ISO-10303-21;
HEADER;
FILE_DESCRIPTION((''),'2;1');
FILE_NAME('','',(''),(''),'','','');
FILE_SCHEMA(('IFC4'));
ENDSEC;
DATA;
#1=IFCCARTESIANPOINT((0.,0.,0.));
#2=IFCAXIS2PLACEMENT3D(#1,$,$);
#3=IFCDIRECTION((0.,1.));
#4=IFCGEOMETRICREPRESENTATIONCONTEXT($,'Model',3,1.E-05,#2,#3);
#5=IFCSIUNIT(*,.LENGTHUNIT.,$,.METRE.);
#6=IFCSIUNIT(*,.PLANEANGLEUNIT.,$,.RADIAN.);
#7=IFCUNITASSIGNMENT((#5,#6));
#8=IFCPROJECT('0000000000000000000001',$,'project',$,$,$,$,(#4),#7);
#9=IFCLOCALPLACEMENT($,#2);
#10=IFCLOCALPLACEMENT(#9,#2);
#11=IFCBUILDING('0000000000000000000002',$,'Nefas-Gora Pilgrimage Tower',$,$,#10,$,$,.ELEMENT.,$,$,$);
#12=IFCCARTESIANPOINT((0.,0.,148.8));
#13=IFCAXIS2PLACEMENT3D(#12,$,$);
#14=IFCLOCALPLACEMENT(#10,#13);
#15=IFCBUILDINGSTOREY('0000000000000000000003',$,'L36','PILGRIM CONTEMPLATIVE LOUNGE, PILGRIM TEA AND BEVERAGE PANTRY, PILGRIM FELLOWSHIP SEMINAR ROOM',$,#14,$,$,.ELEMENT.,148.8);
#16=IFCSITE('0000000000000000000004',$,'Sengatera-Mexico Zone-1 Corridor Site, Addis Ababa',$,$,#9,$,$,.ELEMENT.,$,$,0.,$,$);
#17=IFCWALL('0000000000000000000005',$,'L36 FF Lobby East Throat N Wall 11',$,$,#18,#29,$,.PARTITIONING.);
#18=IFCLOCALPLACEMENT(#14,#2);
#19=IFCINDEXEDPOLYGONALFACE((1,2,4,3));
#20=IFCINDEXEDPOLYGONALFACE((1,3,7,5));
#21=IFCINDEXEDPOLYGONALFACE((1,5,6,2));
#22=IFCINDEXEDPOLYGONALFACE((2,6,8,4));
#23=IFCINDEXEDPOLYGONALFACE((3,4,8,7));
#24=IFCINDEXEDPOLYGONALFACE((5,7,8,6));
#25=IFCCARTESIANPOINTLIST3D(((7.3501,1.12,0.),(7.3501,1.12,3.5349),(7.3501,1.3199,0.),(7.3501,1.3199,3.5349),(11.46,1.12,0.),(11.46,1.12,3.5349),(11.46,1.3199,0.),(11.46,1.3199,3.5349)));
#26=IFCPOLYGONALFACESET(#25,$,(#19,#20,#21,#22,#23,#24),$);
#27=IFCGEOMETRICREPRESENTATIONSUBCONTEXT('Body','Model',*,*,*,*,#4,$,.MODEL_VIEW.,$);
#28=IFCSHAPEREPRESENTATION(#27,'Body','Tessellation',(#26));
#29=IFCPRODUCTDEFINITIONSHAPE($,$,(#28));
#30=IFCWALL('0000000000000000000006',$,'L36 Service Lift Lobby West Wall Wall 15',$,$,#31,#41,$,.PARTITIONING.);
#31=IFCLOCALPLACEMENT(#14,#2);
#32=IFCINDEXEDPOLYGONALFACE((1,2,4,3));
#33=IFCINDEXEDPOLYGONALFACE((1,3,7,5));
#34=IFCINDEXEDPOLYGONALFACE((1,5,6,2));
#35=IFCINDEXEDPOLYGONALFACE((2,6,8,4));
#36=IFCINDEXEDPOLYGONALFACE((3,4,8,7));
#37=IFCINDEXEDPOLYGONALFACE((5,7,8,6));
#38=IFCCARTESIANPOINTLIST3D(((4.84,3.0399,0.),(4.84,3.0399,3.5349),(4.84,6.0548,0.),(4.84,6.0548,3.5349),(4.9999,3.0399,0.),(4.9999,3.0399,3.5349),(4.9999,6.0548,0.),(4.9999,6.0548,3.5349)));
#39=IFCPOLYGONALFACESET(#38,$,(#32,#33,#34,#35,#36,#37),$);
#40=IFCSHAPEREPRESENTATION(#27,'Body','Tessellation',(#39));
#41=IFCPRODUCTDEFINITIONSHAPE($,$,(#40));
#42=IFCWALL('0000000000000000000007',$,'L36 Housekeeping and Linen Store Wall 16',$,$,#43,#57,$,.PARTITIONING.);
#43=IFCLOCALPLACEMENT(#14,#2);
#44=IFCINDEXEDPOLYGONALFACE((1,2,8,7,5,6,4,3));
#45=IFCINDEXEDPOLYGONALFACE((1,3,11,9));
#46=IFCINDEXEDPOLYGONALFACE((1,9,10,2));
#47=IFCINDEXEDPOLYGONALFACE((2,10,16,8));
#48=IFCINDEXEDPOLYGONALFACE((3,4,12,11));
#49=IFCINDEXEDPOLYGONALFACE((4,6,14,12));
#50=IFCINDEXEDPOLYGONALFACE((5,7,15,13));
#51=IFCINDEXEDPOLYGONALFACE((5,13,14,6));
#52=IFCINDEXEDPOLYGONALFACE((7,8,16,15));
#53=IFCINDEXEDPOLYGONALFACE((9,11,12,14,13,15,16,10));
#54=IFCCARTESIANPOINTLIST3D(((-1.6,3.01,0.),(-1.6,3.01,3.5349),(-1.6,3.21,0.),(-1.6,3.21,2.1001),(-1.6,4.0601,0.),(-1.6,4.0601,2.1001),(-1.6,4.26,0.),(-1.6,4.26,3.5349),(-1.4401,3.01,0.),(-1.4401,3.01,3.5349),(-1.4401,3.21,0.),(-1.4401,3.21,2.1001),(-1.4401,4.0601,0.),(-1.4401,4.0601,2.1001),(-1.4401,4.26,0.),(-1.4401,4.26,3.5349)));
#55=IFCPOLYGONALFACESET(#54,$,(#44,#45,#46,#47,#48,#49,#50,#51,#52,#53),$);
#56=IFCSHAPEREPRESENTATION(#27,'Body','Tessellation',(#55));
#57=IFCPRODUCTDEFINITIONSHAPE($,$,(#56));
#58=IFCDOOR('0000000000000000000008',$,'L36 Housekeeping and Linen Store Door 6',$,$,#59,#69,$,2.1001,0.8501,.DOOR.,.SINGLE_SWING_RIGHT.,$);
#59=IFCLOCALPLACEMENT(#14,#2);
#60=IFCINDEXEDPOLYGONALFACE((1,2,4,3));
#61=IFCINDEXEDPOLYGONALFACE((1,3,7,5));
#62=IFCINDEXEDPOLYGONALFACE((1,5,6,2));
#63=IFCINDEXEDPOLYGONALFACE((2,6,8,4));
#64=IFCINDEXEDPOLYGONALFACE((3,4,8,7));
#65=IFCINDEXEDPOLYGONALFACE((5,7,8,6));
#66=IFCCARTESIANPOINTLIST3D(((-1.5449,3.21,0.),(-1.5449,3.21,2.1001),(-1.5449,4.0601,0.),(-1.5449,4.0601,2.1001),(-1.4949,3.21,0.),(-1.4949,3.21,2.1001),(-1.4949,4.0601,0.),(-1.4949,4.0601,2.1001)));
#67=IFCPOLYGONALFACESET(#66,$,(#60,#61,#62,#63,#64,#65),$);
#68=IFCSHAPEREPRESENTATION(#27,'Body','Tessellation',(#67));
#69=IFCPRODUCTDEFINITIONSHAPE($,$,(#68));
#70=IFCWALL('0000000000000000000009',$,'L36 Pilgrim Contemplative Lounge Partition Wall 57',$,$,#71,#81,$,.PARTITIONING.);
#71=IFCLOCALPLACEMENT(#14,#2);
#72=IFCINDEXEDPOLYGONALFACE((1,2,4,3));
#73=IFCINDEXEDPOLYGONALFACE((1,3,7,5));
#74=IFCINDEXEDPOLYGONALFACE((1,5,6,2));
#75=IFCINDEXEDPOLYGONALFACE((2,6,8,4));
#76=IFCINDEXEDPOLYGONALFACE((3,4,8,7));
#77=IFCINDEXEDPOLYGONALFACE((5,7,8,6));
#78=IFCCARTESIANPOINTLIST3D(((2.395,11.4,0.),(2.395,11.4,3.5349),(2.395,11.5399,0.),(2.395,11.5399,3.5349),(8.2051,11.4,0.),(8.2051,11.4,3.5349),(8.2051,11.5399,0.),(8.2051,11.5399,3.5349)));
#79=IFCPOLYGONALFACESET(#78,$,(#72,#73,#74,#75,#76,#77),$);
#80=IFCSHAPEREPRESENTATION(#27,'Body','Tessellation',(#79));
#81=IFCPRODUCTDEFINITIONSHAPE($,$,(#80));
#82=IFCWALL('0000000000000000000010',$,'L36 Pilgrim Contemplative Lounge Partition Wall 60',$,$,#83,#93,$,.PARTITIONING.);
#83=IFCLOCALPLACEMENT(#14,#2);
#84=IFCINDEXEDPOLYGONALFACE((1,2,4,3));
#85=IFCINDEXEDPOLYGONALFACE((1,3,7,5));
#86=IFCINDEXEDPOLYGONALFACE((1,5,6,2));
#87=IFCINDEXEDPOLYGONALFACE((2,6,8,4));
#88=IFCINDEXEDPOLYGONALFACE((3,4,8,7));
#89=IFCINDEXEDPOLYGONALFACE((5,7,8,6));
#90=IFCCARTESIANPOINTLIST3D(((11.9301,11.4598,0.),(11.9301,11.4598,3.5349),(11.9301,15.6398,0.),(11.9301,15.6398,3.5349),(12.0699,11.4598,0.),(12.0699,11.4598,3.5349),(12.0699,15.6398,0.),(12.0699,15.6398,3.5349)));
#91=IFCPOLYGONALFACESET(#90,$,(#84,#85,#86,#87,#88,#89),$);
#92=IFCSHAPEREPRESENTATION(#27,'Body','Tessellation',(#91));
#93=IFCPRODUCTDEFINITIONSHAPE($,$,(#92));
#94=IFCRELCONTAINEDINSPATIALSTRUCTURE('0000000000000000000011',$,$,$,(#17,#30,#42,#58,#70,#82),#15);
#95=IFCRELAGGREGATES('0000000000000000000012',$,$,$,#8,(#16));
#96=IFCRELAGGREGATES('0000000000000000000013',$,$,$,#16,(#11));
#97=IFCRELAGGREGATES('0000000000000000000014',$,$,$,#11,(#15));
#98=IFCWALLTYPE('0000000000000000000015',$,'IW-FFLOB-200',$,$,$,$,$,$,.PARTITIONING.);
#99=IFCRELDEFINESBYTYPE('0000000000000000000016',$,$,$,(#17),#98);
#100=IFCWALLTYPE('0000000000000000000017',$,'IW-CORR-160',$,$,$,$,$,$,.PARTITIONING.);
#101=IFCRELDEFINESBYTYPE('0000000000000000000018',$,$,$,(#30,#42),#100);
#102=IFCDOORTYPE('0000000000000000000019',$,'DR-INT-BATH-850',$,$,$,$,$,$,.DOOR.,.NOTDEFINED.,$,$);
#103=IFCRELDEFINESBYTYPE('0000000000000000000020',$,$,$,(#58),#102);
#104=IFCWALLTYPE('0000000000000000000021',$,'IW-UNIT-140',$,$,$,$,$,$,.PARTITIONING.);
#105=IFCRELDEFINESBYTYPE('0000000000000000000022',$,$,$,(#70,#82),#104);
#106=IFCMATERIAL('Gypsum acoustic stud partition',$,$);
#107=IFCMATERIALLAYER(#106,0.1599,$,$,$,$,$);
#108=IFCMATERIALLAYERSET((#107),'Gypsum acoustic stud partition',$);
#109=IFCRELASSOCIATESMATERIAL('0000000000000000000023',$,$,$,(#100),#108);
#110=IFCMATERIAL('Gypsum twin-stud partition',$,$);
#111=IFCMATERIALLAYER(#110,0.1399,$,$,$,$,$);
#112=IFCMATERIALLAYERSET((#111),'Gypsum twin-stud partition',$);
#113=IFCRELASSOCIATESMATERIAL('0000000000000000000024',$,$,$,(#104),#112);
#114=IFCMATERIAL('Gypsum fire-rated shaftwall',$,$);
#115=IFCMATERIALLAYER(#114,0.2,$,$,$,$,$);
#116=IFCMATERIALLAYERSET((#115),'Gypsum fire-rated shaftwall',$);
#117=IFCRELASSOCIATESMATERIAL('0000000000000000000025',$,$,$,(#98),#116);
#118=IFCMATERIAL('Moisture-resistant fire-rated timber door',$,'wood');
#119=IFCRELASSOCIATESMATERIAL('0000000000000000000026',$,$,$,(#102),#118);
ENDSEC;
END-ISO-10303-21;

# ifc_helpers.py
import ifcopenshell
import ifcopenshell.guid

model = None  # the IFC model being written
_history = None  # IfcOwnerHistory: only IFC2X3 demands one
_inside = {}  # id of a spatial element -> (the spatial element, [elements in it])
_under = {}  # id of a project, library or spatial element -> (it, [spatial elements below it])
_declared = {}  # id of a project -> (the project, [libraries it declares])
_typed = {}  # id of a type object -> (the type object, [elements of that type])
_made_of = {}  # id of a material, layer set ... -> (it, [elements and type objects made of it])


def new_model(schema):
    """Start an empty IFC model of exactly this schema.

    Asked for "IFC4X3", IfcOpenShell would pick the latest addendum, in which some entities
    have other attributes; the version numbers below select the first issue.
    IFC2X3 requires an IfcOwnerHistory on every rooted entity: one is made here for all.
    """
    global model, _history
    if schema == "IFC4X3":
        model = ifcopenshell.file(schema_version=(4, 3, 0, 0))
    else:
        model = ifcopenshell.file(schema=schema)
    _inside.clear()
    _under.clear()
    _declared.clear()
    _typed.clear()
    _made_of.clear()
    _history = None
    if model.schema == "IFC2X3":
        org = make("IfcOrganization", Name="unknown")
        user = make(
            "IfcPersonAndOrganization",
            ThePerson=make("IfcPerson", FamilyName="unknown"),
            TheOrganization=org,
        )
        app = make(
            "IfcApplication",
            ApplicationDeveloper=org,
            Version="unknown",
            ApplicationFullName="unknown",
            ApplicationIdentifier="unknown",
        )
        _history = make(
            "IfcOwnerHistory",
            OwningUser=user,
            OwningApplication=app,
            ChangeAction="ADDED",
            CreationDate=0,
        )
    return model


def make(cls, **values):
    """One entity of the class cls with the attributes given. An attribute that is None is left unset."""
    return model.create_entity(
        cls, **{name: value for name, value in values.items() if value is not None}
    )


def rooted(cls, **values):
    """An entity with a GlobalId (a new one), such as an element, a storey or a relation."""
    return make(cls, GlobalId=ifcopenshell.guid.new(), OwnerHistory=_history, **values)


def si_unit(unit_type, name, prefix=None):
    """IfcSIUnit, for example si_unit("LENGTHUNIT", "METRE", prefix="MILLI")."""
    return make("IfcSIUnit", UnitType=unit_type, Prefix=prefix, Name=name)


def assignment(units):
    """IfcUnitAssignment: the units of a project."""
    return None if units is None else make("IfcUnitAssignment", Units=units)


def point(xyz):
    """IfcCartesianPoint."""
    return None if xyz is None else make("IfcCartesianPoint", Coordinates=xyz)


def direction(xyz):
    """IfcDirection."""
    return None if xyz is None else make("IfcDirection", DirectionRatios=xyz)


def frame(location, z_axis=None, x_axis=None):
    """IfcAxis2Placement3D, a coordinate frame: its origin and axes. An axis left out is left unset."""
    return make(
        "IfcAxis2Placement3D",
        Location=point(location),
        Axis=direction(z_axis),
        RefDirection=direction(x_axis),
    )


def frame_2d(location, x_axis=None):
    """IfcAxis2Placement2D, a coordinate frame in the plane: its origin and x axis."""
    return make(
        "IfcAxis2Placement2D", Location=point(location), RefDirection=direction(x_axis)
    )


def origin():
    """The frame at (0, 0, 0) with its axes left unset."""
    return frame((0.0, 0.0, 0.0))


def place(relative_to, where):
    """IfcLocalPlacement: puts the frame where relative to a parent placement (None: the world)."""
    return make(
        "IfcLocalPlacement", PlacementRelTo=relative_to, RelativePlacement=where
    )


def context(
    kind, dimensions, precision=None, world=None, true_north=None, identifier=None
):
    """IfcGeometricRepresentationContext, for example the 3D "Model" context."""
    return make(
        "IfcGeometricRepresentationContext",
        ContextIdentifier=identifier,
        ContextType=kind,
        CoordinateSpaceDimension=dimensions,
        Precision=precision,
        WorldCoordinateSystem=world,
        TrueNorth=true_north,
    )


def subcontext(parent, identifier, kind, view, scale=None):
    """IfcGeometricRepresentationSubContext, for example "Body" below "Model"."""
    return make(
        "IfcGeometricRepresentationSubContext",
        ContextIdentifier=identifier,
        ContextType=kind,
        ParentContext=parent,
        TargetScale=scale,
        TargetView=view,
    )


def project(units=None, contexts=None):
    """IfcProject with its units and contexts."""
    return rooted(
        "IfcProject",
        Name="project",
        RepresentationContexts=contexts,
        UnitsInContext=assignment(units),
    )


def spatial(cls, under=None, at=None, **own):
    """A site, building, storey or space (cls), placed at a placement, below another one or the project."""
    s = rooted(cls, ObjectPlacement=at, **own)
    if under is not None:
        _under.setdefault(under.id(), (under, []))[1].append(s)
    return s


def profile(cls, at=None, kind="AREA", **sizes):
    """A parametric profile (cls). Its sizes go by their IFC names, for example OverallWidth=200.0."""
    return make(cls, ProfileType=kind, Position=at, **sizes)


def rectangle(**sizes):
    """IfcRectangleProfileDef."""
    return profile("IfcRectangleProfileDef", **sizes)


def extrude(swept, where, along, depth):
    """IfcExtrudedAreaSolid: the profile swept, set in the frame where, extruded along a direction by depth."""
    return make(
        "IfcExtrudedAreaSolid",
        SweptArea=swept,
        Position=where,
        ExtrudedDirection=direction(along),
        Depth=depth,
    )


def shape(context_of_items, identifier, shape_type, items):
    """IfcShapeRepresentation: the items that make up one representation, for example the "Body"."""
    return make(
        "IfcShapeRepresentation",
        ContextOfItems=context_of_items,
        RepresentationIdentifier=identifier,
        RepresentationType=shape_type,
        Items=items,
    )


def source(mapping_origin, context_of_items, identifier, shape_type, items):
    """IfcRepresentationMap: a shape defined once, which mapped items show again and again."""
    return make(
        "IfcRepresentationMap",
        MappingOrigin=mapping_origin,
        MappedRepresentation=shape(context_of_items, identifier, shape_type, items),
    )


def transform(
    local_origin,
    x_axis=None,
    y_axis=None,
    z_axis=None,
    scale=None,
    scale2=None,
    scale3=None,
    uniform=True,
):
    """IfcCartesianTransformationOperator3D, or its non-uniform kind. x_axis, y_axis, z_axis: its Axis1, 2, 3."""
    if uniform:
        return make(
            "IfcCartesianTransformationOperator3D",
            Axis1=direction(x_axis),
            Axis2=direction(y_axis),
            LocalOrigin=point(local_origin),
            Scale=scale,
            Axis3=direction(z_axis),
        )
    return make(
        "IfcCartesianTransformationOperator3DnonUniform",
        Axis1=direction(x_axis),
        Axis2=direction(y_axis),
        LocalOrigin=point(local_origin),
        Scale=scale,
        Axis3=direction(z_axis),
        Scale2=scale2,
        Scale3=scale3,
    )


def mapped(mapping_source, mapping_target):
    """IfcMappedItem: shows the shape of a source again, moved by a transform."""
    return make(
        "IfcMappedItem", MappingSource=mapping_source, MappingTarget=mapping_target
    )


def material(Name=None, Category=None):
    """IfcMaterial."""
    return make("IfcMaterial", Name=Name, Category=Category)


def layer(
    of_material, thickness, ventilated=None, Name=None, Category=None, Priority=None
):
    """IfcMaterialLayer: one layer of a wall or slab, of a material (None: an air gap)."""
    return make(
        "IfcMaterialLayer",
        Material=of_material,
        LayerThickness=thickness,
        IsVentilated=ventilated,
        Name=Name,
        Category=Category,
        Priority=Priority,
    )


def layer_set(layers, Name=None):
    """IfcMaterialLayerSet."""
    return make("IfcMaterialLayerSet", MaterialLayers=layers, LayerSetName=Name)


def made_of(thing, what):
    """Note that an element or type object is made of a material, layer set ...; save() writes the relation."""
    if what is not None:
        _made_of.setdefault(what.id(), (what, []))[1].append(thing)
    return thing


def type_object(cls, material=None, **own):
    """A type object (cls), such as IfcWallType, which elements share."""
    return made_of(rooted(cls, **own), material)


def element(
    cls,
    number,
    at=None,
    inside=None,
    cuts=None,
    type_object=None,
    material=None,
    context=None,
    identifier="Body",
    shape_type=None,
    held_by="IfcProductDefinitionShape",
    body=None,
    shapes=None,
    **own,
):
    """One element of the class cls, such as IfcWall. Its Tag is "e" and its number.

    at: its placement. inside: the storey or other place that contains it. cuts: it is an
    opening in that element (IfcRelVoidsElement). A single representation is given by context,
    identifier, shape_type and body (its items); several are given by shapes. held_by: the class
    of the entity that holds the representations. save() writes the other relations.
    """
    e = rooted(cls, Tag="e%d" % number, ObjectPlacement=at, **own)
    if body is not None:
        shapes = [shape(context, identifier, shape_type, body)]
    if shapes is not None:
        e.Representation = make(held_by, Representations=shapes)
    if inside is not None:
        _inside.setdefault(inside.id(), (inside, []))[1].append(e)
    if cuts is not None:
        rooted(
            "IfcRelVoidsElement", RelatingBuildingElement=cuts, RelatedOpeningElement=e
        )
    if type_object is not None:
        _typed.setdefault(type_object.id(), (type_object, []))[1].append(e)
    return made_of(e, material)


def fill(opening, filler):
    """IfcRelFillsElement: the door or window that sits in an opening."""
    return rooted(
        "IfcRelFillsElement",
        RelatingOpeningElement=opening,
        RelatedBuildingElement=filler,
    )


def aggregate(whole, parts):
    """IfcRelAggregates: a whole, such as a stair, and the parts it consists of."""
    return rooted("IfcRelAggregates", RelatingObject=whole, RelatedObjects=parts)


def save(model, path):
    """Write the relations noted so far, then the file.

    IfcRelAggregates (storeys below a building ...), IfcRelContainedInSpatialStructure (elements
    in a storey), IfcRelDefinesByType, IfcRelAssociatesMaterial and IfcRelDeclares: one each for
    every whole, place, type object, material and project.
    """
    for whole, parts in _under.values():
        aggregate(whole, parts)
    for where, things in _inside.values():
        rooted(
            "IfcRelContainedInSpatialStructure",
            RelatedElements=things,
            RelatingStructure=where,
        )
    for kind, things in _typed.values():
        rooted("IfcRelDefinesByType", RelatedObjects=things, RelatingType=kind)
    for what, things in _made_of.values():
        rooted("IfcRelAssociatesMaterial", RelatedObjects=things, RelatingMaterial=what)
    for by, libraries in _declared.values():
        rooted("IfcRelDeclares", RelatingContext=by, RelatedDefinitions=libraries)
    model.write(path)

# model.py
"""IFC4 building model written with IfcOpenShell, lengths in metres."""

from ifc_helpers import new_model, si_unit, direction, frame, frame_2d, origin, place, context, subcontext, project, spatial, rectangle, extrude, source, transform, mapped, material, layer, layer_set, type_object, element, fill, save


model = new_model("IFC4")

# Units and contexts
model_context = context("Model", 3, precision=1e-05, world=origin(), true_north=direction((0.0, 1.0)))
body_context = subcontext(model_context, "Body", "Model", "MODEL_VIEW")
ifc_project = project(units=[si_unit("LENGTHUNIT", "METRE"), si_unit("PLANEANGLEUNIT", "RADIAN")], contexts=[model_context])

# Site, building, storey
site_placement = place(None, origin())
site = spatial("IfcSite", under=ifc_project, at=site_placement, Name="Sengatera-Mexico Zone-1 Corridor Site, Addis Ababa", CompositionType="ELEMENT", RefElevation=0.0)
building_placement = place(site_placement, origin())
building = spatial("IfcBuilding", under=site, at=building_placement, Name="Nefas-Gora Pilgrimage Tower", CompositionType="ELEMENT")
storey_placement = place(building_placement, frame((0.0, 0.0, 148.8)))
storey = spatial("IfcBuildingStorey", under=building, at=storey_placement, Name="L36", Description="PILGRIM CONTEMPLATIVE LOUNGE, PILGRIM TEA AND BEVERAGE PANTRY, PILGRIM FELLOWSHIP SEMINAR ROOM", CompositionType="ELEMENT", Elevation=148.8)

# Shared definitions
ifc_material_1 = material(Name="Gypsum acoustic stud partition")
ifc_layer_1 = layer(ifc_material_1, 0.1599)
ifc_layer_set_1 = layer_set([ifc_layer_1], Name="Gypsum acoustic stud partition")
wall_type_1 = type_object("IfcWallType", Name="IW-CORR-160", PredefinedType="PARTITIONING", material=ifc_layer_set_1)
ifc_material_2 = material(Name="Gypsum twin-stud partition")
ifc_layer_2 = layer(ifc_material_2, 0.1399)
ifc_layer_set_2 = layer_set([ifc_layer_2], Name="Gypsum twin-stud partition")
wall_type_2 = type_object("IfcWallType", Name="IW-UNIT-140", PredefinedType="PARTITIONING", material=ifc_layer_set_2)

# Shared definitions
ifc_material_3 = material(Name="Gypsum fire-rated shaftwall")
ifc_layer_3 = layer(ifc_material_3, 0.2)
ifc_layer_set_3 = layer_set([ifc_layer_3], Name="Gypsum fire-rated shaftwall")
wall_type_3 = type_object("IfcWallType", Name="IW-FFLOB-200", PredefinedType="PARTITIONING", material=ifc_layer_set_3)

# Walls
shared_shape_1 = source(origin(), body_context, "Body", "SweptSolid", [
    extrude(rectangle(XDim=4.1099, YDim=0.2, at=frame_2d((2.0549, 0.0))), origin(), (0.0, 0.0, 1.0), 3.5349),
])
wall_1_placement = place(storey_placement, frame((7.3501, 1.22, 0.0), z_axis=(0.0, 0.0, 1.0), x_axis=(1.0, 0.0, 0.0)))
element("IfcWall", 1, at=wall_1_placement, inside=storey, type_object=wall_type_3, Name="L36 FF Lobby East Throat N Wall 11", PredefinedType="PARTITIONING", context=body_context, shape_type="MappedRepresentation", body=[
    mapped(shared_shape_1, transform((0.0, 0.0, 0.0), x_axis=(1.0, 0.0, 0.0), y_axis=(0.0, 1.0, 0.0), z_axis=(0.0, 0.0, 1.0), scale=1.0)),
])
shared_shape_2 = source(origin(), body_context, "Body", "SweptSolid", [
    extrude(rectangle(XDim=3.0149, YDim=0.1599, at=frame_2d((1.5073, 0.0))), origin(), (0.0, 0.0, 1.0), 3.5349),
])
wall_2_placement = place(storey_placement, frame((4.9199, 3.04, 0.0), z_axis=(0.0, 0.0, 1.0), x_axis=(0.0, 1.0, 0.0)))
element("IfcWall", 2, at=wall_2_placement, inside=storey, type_object=wall_type_1, Name="L36 Service Lift Lobby West Wall Wall 15", PredefinedType="PARTITIONING", context=body_context, shape_type="MappedRepresentation", body=[
    mapped(shared_shape_2, transform((0.0, 0.0, 0.0), x_axis=(1.0, 0.0, 0.0), y_axis=(0.0, 1.0, 0.0), z_axis=(0.0, 0.0, 1.0), scale=1.0)),
])

# Wall, opening, door
shared_shape_3 = source(origin(), body_context, "Body", "SweptSolid", [
    extrude(rectangle(XDim=1.25, YDim=0.1599, at=frame_2d((0.625, 0.0))), origin(), (0.0, 0.0, 1.0), 3.5349),
])
wall_3_placement = place(storey_placement, frame((-1.52, 3.01, 0.0), z_axis=(0.0, 0.0, 1.0), x_axis=(0.0, 1.0, 0.0)))
wall_3 = element("IfcWall", 3, at=wall_3_placement, inside=storey, type_object=wall_type_1, Name="L36 Housekeeping and Linen Store Wall 16", PredefinedType="PARTITIONING", context=body_context, shape_type="MappedRepresentation", body=[
    mapped(shared_shape_3, transform((0.0, 0.0, 0.0), x_axis=(1.0, 0.0, 0.0), y_axis=(0.0, 1.0, 0.0), z_axis=(0.0, 0.0, 1.0), scale=1.0)),
])
opening_1_placement = place(wall_3_placement, frame((0.2, 0.0, 0.0)))
opening_1 = element("IfcOpeningElement", 4, at=opening_1_placement, cuts=wall_3, PredefinedType="OPENING", context=body_context, shape_type="SweptSolid", body=[
    extrude(rectangle(XDim=0.8501, YDim=2.1001, at=frame_2d((0.425, 1.05))), frame((0.0, 0.0898, 0.0), z_axis=(0.0, -1.0, 0.0), x_axis=(1.0, 0.0, 0.0)), (0.0, 0.0, 1.0), 0.1799),
])
ifc_material_4 = material(Name="Moisture-resistant fire-rated timber door", Category="wood")
door_type_1 = type_object("IfcDoorType", Name="DR-INT-BATH-850", OperationType="NOTDEFINED", PredefinedType="DOOR", material=ifc_material_4)
shared_shape_4 = source(origin(), body_context, "Body", "SweptSolid", [
    extrude(rectangle(XDim=0.8501, YDim=2.1001, at=frame_2d((0.425, 1.05))), frame((0.0, 0.0249, 0.0), z_axis=(0.0, -1.0, 0.0), x_axis=(1.0, 0.0, 0.0)), (0.0, 0.0, 1.0), 0.05),
])
door_1_placement = place(opening_1_placement, origin())
door_1 = element("IfcDoor", 5, at=door_1_placement, inside=storey, type_object=door_type_1, Name="L36 Housekeeping and Linen Store Door 6", OperationType="SINGLE_SWING_RIGHT", OverallHeight=2.1001, OverallWidth=0.8501, PredefinedType="DOOR", context=body_context, shape_type="MappedRepresentation", body=[
    mapped(shared_shape_4, transform((0.0, 0.0, 0.0), x_axis=(1.0, 0.0, 0.0), y_axis=(0.0, 1.0, 0.0), z_axis=(0.0, 0.0, 1.0), scale=1.0)),
])
fill(opening_1, door_1)

# Walls
shared_shape_5 = source(origin(), body_context, "Body", "SweptSolid", [
    extrude(rectangle(XDim=5.8101, YDim=0.1399, at=frame_2d((2.905, 0.0))), origin(), (0.0, 0.0, 1.0), 3.5349),
])
wall_4_placement = place(storey_placement, frame((2.395, 11.47, 0.0), z_axis=(0.0, 0.0, 1.0), x_axis=(1.0, 0.0, 0.0)))
element("IfcWall", 6, at=wall_4_placement, inside=storey, type_object=wall_type_2, Name="L36 Pilgrim Contemplative Lounge Partition Wall 57", PredefinedType="PARTITIONING", context=body_context, shape_type="MappedRepresentation", body=[
    mapped(shared_shape_5, transform((0.0, 0.0, 0.0), x_axis=(1.0, 0.0, 0.0), y_axis=(0.0, 1.0, 0.0), z_axis=(0.0, 0.0, 1.0), scale=1.0)),
])
shared_shape_6 = source(origin(), body_context, "Body", "SweptSolid", [
    extrude(rectangle(XDim=4.1799, YDim=0.1399, at=frame_2d((2.0898, 0.0))), origin(), (0.0, 0.0, 1.0), 3.5349),
])
wall_5_placement = place(storey_placement, frame((12.0, 11.46, 0.0), z_axis=(0.0, 0.0, 1.0), x_axis=(0.0, 1.0, 0.0)))
element("IfcWall", 7, at=wall_5_placement, inside=storey, type_object=wall_type_2, Name="L36 Pilgrim Contemplative Lounge Partition Wall 60", PredefinedType="PARTITIONING", context=body_context, shape_type="MappedRepresentation", body=[
    mapped(shared_shape_6, transform((0.0, 0.0, 0.0), x_axis=(1.0, 0.0, 0.0), y_axis=(0.0, 1.0, 0.0), z_axis=(0.0, 0.0, 1.0), scale=1.0)),
])

save(model, "model.ifc")
